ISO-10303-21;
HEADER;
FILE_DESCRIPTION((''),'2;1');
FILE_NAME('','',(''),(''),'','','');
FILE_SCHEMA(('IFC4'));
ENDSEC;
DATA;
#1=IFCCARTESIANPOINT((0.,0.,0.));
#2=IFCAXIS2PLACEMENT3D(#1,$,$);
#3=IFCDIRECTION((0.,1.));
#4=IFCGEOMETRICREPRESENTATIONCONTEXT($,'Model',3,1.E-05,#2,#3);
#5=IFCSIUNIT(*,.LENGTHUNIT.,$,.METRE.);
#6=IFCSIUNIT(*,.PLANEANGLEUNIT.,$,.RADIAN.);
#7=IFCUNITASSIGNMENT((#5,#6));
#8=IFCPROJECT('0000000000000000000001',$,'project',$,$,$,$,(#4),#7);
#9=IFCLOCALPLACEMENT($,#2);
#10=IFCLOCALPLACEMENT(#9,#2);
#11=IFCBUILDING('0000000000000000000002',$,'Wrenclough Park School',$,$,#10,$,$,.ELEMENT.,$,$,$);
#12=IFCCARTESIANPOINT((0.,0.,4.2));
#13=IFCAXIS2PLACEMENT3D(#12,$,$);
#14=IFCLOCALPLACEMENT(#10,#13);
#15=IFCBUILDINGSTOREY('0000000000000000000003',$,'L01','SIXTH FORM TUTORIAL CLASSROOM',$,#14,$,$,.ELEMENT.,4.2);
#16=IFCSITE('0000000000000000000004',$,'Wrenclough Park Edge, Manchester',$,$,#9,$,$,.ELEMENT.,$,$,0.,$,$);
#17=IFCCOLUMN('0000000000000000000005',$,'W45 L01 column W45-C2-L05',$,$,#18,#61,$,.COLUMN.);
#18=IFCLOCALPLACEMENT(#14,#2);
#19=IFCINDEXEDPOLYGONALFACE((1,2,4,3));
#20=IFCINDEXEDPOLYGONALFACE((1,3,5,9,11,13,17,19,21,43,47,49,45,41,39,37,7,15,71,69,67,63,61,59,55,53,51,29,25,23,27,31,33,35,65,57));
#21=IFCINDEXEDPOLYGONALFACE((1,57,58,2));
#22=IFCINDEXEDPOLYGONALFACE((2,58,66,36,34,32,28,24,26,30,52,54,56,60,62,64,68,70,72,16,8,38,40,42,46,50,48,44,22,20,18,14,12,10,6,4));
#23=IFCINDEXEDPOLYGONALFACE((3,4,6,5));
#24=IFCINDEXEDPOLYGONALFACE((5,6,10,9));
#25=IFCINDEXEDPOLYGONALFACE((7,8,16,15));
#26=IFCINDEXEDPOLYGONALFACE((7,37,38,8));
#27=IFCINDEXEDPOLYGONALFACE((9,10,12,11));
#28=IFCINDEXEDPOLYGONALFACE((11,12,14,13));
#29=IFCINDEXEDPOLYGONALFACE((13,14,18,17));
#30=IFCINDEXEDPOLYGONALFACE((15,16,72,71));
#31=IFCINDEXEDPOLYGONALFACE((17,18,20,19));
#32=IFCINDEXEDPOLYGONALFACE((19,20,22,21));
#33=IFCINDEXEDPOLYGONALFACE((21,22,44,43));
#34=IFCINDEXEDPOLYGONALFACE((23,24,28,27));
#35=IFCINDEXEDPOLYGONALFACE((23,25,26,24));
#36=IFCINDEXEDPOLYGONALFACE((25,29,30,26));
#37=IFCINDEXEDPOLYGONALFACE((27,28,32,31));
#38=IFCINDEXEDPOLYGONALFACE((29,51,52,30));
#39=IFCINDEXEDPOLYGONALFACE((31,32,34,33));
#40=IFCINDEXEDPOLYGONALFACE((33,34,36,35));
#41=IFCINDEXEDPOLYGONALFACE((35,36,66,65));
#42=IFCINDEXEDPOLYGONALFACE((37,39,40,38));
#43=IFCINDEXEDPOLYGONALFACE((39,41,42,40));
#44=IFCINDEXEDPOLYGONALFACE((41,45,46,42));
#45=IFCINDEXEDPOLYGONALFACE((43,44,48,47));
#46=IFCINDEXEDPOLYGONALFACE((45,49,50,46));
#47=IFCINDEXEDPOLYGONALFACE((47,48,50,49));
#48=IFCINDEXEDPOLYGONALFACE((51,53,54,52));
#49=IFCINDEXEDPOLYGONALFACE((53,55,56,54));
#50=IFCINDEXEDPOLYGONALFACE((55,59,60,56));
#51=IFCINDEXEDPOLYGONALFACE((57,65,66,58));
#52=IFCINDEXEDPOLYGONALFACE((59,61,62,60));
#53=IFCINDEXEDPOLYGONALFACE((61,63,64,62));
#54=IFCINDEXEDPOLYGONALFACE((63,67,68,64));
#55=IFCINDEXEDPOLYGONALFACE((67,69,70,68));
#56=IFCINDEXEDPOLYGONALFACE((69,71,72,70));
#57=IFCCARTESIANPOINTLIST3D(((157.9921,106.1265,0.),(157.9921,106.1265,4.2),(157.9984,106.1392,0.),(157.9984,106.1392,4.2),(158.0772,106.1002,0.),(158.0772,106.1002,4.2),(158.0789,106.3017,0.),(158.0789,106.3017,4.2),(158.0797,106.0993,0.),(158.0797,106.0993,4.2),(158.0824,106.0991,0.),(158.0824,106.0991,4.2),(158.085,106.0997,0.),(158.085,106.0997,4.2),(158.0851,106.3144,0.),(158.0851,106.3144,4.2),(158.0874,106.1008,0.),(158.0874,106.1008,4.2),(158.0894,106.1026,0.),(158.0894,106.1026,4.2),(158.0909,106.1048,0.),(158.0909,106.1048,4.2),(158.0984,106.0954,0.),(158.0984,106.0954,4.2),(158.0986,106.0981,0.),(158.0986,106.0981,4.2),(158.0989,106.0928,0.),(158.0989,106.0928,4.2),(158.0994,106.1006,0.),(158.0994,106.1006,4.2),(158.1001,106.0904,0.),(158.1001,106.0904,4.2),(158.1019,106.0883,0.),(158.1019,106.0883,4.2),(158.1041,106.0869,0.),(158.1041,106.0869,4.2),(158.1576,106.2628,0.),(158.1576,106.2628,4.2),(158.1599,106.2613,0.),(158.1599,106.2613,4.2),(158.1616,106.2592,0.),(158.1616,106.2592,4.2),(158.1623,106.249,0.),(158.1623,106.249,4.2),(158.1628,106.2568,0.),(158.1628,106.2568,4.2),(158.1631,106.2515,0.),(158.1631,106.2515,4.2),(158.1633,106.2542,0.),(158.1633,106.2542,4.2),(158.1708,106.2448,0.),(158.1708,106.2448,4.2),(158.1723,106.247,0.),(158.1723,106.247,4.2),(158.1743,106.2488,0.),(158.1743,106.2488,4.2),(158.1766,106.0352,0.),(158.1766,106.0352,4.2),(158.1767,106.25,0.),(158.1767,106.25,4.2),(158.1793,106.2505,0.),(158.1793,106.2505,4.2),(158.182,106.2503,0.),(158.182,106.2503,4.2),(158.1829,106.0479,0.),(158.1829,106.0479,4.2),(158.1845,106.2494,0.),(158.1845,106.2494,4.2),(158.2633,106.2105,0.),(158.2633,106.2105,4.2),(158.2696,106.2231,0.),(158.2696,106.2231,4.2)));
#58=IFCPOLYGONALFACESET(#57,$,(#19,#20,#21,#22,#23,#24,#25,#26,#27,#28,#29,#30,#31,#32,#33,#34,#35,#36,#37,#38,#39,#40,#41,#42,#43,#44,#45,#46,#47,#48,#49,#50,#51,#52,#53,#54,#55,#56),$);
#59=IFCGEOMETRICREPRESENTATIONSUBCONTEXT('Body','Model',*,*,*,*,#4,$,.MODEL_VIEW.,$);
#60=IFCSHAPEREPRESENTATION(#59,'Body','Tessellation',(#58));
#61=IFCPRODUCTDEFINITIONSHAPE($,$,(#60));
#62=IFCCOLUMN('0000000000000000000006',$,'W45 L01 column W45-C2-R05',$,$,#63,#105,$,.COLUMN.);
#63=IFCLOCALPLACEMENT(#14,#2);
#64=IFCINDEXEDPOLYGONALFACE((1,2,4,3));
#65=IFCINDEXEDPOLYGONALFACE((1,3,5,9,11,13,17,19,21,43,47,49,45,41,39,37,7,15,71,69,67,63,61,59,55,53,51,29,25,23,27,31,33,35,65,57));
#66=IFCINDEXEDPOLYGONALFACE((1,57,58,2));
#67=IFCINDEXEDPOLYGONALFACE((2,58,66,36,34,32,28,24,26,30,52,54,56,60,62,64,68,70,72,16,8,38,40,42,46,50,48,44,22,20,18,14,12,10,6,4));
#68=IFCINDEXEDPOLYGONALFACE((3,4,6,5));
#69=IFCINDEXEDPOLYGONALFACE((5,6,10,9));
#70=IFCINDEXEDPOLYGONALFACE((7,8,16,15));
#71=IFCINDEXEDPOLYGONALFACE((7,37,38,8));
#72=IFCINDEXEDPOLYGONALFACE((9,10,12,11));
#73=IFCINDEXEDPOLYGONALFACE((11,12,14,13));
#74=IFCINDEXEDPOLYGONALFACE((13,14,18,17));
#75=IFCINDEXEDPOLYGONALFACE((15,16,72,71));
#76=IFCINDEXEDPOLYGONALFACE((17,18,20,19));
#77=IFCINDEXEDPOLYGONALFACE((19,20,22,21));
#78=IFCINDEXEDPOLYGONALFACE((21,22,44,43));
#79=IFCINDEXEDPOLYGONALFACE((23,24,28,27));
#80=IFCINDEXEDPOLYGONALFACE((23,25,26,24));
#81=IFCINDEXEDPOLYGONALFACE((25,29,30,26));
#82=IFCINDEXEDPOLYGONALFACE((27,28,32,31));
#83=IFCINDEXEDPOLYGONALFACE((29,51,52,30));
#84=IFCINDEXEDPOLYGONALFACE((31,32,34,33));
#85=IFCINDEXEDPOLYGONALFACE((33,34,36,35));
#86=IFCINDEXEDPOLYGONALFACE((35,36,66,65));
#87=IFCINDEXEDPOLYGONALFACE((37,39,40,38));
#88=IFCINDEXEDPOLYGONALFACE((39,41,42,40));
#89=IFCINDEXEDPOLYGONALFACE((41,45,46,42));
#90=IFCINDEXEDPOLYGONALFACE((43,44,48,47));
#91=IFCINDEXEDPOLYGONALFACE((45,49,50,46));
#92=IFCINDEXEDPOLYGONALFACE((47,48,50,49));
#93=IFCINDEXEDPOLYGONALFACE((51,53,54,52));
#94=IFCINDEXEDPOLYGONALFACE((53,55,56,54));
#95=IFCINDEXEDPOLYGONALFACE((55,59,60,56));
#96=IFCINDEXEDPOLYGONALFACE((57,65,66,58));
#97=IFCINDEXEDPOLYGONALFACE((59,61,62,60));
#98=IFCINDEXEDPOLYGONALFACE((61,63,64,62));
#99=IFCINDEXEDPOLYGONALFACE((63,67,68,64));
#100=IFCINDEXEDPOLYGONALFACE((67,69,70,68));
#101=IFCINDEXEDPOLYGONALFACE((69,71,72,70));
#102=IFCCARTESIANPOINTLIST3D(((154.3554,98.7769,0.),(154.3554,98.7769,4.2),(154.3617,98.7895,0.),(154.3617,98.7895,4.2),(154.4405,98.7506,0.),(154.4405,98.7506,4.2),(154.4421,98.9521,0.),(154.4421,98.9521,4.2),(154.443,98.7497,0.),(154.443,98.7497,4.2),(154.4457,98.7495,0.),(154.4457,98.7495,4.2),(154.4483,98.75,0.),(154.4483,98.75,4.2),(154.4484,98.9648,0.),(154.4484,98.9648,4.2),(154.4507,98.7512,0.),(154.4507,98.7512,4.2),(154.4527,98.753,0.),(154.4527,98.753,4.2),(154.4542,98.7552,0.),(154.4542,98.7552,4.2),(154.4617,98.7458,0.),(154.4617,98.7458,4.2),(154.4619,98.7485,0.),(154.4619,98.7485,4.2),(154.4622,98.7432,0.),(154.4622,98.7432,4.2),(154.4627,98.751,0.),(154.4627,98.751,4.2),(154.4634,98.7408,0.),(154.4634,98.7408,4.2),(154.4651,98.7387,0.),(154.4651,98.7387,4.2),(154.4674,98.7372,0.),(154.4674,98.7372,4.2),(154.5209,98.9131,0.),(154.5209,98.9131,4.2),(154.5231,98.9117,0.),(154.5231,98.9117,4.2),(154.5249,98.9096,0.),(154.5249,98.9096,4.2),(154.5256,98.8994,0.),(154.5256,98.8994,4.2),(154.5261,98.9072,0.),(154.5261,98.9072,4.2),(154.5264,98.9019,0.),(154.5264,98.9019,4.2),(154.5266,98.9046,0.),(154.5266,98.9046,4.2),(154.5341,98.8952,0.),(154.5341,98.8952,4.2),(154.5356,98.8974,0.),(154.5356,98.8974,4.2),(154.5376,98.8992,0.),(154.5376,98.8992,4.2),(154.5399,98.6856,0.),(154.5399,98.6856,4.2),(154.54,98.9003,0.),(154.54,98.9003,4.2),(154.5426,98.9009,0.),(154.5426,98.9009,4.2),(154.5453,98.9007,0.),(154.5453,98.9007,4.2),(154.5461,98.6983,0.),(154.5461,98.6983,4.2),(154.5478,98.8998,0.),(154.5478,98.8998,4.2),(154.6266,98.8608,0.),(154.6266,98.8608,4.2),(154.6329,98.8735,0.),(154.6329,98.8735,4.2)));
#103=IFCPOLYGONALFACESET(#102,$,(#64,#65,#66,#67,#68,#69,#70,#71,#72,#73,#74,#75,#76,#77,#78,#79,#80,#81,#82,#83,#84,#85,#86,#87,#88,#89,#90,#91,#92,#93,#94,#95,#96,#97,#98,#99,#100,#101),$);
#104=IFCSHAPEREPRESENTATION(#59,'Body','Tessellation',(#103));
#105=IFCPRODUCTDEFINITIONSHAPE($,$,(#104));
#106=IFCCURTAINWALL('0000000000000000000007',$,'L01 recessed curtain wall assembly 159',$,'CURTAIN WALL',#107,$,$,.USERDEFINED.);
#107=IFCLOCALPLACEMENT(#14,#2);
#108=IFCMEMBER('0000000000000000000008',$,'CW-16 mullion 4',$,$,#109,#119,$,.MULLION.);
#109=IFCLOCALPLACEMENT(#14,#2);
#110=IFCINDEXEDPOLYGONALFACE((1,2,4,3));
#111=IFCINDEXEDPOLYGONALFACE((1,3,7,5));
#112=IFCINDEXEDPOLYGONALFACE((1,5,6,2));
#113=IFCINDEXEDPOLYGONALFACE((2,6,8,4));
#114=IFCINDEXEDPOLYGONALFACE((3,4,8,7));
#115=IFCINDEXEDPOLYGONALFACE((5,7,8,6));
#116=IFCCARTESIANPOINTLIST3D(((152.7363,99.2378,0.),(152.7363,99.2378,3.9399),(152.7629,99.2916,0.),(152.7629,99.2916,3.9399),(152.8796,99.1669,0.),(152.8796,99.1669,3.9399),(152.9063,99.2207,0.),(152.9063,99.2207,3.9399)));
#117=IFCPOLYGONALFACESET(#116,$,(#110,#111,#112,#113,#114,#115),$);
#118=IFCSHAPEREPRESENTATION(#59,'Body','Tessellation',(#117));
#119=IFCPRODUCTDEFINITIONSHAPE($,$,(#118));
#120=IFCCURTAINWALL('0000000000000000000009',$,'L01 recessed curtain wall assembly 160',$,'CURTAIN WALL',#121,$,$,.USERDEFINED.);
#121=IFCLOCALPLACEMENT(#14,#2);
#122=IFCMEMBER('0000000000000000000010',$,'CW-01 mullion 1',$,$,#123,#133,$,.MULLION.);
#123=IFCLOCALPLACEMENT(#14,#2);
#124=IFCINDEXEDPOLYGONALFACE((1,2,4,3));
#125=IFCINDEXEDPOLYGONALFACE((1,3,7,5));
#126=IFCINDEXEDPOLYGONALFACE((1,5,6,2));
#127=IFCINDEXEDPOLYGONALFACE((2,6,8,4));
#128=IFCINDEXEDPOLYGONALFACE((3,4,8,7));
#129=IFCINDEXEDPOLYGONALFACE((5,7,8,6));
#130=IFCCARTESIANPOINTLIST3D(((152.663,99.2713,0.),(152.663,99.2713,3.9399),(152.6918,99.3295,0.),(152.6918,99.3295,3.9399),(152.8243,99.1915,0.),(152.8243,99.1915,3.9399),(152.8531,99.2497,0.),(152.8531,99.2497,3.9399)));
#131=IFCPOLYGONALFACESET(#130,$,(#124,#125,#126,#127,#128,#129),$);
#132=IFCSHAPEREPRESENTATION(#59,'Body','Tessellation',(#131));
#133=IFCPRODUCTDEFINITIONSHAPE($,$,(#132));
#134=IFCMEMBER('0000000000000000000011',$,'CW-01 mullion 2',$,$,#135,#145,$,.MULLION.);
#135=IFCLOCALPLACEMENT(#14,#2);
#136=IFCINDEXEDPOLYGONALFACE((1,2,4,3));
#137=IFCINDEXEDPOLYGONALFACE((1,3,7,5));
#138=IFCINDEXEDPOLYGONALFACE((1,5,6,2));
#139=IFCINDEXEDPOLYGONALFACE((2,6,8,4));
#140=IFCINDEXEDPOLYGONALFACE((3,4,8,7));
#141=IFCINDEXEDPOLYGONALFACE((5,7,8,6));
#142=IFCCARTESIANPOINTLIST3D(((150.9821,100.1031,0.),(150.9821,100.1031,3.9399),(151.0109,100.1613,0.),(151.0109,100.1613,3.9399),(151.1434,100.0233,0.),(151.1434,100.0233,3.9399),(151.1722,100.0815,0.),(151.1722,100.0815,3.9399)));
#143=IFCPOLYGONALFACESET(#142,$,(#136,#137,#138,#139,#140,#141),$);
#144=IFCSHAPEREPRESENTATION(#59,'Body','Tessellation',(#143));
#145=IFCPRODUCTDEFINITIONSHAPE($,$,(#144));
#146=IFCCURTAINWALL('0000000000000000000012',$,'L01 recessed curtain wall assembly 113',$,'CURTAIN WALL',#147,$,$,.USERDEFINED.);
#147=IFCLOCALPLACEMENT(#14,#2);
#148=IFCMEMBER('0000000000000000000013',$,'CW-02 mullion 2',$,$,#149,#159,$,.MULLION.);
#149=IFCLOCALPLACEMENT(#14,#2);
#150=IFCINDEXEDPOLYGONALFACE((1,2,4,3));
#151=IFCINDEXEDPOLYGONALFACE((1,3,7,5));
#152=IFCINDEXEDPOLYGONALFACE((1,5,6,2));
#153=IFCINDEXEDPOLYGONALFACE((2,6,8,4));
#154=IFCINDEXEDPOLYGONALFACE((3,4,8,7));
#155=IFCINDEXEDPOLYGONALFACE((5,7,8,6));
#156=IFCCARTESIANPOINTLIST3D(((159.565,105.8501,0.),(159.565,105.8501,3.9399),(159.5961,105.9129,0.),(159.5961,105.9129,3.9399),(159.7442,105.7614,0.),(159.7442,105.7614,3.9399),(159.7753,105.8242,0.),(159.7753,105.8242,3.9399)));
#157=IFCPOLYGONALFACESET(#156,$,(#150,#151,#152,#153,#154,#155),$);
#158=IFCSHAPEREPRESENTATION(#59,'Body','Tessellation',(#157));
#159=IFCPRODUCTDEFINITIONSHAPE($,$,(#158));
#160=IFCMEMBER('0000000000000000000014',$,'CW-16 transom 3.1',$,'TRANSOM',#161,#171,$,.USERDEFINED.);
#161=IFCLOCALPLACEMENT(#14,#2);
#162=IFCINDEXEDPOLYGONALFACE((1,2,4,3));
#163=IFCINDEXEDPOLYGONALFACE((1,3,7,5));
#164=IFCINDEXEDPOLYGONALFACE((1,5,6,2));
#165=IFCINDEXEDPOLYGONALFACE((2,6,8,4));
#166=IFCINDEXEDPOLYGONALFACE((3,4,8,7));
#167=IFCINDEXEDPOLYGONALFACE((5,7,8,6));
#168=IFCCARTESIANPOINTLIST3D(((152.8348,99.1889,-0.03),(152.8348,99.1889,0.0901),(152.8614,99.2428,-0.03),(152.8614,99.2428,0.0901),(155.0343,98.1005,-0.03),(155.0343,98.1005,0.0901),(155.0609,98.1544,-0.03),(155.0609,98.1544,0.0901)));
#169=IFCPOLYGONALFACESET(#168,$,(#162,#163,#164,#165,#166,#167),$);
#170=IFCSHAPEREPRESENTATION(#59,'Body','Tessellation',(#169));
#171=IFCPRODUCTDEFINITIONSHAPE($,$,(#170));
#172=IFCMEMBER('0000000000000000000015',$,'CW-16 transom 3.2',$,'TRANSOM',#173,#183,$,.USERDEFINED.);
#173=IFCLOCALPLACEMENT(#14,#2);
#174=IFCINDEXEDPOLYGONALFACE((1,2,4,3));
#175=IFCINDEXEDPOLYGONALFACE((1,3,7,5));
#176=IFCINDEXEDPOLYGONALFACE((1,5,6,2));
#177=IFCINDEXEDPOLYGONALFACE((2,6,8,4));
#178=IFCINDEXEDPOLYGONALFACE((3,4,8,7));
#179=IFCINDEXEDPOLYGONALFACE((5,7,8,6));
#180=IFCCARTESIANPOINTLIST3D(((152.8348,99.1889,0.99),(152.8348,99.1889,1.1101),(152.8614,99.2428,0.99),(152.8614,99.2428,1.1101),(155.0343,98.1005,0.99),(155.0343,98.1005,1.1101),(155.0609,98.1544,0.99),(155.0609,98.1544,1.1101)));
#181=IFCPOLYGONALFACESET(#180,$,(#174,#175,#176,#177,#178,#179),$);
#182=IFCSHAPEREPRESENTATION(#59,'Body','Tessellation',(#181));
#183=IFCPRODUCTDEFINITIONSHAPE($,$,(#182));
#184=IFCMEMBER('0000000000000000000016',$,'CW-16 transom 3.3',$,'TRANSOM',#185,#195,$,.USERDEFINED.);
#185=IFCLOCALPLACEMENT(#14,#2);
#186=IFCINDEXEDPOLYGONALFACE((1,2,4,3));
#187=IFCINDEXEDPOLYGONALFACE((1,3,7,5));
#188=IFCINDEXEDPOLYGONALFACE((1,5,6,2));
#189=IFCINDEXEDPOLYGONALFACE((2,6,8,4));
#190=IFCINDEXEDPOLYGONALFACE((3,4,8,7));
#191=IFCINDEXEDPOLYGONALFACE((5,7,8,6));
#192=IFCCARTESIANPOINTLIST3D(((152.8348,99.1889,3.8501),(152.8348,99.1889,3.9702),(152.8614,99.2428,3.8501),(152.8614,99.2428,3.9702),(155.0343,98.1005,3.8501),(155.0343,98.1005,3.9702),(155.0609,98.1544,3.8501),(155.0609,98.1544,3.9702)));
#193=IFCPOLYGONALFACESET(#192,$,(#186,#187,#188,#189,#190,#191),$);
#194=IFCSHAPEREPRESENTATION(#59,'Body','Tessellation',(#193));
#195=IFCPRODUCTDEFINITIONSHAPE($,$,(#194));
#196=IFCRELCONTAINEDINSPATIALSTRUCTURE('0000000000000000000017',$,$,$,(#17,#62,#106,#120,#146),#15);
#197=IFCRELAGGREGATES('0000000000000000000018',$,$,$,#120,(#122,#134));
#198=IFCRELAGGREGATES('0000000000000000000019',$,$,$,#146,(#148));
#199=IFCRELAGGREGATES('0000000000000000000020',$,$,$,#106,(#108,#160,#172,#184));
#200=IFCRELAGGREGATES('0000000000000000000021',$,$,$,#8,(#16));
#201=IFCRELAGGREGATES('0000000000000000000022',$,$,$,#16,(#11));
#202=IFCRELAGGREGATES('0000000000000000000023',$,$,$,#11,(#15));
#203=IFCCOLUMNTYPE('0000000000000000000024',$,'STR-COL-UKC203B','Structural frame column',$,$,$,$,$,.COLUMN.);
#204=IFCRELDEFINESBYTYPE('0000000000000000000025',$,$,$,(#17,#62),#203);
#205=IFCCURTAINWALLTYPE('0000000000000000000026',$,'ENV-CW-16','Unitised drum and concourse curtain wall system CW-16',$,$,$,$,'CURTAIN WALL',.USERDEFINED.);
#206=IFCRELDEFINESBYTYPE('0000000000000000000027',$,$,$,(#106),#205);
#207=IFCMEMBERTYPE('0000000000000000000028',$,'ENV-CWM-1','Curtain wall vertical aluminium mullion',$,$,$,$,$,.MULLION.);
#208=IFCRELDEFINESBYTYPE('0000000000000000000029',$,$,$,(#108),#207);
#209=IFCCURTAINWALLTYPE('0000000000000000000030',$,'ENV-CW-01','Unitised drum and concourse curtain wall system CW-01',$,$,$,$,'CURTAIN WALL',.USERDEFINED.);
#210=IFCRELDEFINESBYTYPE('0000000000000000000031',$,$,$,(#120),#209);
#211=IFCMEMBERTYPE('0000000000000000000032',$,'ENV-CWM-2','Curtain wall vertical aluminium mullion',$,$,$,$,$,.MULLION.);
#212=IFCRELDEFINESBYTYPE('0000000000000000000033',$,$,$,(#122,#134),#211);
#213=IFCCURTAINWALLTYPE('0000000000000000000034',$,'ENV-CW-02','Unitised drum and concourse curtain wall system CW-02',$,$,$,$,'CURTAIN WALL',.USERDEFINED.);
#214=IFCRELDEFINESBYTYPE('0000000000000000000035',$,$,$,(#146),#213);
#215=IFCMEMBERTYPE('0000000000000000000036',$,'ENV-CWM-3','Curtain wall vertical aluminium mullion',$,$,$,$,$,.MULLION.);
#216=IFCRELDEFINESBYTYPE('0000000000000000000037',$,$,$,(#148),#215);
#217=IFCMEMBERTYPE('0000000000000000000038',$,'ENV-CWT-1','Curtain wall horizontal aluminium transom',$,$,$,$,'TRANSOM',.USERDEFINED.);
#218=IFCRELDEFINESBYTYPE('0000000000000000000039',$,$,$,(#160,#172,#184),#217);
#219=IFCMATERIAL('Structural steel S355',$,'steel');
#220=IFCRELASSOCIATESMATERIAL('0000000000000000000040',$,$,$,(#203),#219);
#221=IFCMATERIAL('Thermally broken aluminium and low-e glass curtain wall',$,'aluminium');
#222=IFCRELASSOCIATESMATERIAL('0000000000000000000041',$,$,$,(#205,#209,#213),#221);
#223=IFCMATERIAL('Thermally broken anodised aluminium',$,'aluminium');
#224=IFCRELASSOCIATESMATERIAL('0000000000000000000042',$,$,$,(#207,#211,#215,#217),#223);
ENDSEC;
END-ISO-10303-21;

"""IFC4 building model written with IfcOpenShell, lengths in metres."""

from ifc_helpers import new_model, si_unit, direction, frame, origin, origin_2d, place, context, subcontext, project, spatial, rectangle, i_section, extrude, material, material_profile, profile_set, type_object, element, aggregate, save


model = new_model("IFC4")

# Units and contexts
model_context = context("Model", 3, precision=1e-05, world=origin(), true_north=direction((0.0, 1.0)))
body_context = subcontext(model_context, "Body", "Model", "MODEL_VIEW")
ifc_project = project(units=[si_unit("LENGTHUNIT", "METRE"), si_unit("PLANEANGLEUNIT", "RADIAN")], contexts=[model_context])

# Site, building, storey
site_placement = place(None, origin())
site = spatial("IfcSite", under=ifc_project, at=site_placement, Name="Wrenclough Park Edge, Manchester", CompositionType="ELEMENT", RefElevation=0.0)
building_placement = place(site_placement, origin())
building = spatial("IfcBuilding", under=site, at=building_placement, Name="Wrenclough Park School", CompositionType="ELEMENT")
storey_placement = place(building_placement, frame((0.0, 0.0, 4.2)))
storey = spatial("IfcBuildingStorey", under=building, at=storey_placement, Name="L01", Description="SIXTH FORM TUTORIAL CLASSROOM", CompositionType="ELEMENT", Elevation=4.2)

# Columns
ifc_material_1 = material(Name="Structural steel S355", Category="steel")
ifc_material_profile_1 = material_profile(ifc_material_1, i_section(OverallWidth=0.2058, OverallDepth=0.2097, WebThickness=0.0095, FlangeThickness=0.0142, FilletRadius=0.0103, at=origin_2d()), Name="UKC 203x203x60")
ifc_profile_set_1 = profile_set([ifc_material_profile_1], Name="Structural steel S355")
column_type = type_object("IfcColumnType", Name="STR-COL-UKC203B", Description="Structural frame column", PredefinedType="COLUMN", material=ifc_profile_set_1)
for number, where, z_axis, x_axis, name in (
    (1, (158.1309, 106.1748, 0.0), (0.0, 0.0, 1.0), (0.896254, -0.443541, 0.0), "W45 L01 column W45-C2-L05"),
    (2, (154.4941, 98.8252, 0.0), (0.0, 0.0, 1.0), (0.896254, -0.443541, 0.0), "W45 L01 column W45-C2-R05"),
):
    element("IfcColumn", number, at=place(storey_placement, frame(where, z_axis=z_axis, x_axis=x_axis)), inside=storey, type_object=column_type, Name=name, PredefinedType="COLUMN", context=body_context, shape_type="SweptSolid", body=[
        extrude(i_section(OverallWidth=0.2058, OverallDepth=0.2097, WebThickness=0.0095, FlangeThickness=0.0142, FilletRadius=0.0103, at=origin_2d()), origin(), (0.0, 0.0, 1.0), 4.2),
    ])

# Curtain wall, member
ifc_material_2 = material(Name="Thermally broken aluminium and low-e glass curtain wall", Category="aluminium")
curtain_wall_type_1 = type_object("IfcCurtainWallType", Name="ENV-CW-16", Description="Unitised drum and concourse curtain wall system CW-16", ElementType="CURTAIN WALL", PredefinedType="USERDEFINED", material=ifc_material_2)
curtain_wall_1_placement = place(storey_placement, origin())
curtain_wall_1 = element("IfcCurtainWall", 3, at=curtain_wall_1_placement, inside=storey, type_object=curtain_wall_type_1, Name="L01 recessed curtain wall assembly 159", ObjectType="CURTAIN WALL", PredefinedType="USERDEFINED")
ifc_material_3 = material(Name="Thermally broken anodised aluminium", Category="aluminium")
ifc_material_profile_2 = material_profile(ifc_material_3, rectangle(XDim=0.0601, YDim=0.1599, at=origin_2d()), Name="AL MULLION 60x160")
ifc_profile_set_2 = profile_set([ifc_material_profile_2], Name="Thermally broken anodised aluminium")
member_type_1 = type_object("IfcMemberType", Name="ENV-CWM-1", Description="Curtain wall vertical aluminium mullion", PredefinedType="MULLION", material=ifc_profile_set_2)
member_1_placement = place(storey_placement, frame((152.8213, 99.2292, 0.0), z_axis=(0.0, 0.0, 1.0), x_axis=(-0.443515, -0.896267, 0.0)))
member_1 = element("IfcMember", 4, at=member_1_placement, type_object=member_type_1, Name="CW-16 mullion 4", PredefinedType="MULLION", context=body_context, shape_type="SweptSolid", body=[
    extrude(rectangle(XDim=0.0601, YDim=0.1599, at=origin_2d()), origin(), (0.0, 0.0, 1.0), 3.9399),
])

# Curtain wall, members
curtain_wall_type_2 = type_object("IfcCurtainWallType", Name="ENV-CW-01", Description="Unitised drum and concourse curtain wall system CW-01", ElementType="CURTAIN WALL", PredefinedType="USERDEFINED", material=ifc_material_2)
curtain_wall_2_placement = place(storey_placement, origin())
curtain_wall_2 = element("IfcCurtainWall", 5, at=curtain_wall_2_placement, inside=storey, type_object=curtain_wall_type_2, Name="L01 recessed curtain wall assembly 160", ObjectType="CURTAIN WALL", PredefinedType="USERDEFINED")
ifc_material_profile_3 = material_profile(ifc_material_3, rectangle(XDim=0.0649, YDim=0.1799, at=origin_2d()), Name="AL MULLION 65x180")
ifc_profile_set_3 = profile_set([ifc_material_profile_3], Name="Thermally broken anodised aluminium")
member_type_2 = type_object("IfcMemberType", Name="ENV-CWM-2", Description="Curtain wall vertical aluminium mullion", PredefinedType="MULLION", material=ifc_profile_set_3)
member_2_placement = place(storey_placement, frame((152.7581, 99.2605, 0.0), z_axis=(0.0, 0.0, 1.0), x_axis=(-0.443504, -0.896272, 0.0)))
member_2 = element("IfcMember", 6, at=member_2_placement, type_object=member_type_2, Name="CW-01 mullion 1", PredefinedType="MULLION", context=body_context, shape_type="SweptSolid", body=[
    extrude(rectangle(XDim=0.0649, YDim=0.1799, at=origin_2d()), origin(), (0.0, 0.0, 1.0), 3.9399),
])
member_3_placement = place(storey_placement, frame((151.0771, 100.0923, 0.0), z_axis=(0.0, 0.0, 1.0), x_axis=(-0.443504, -0.896272, 0.0)))
member_3 = element("IfcMember", 7, at=member_3_placement, type_object=member_type_2, Name="CW-01 mullion 2", PredefinedType="MULLION", context=body_context, shape_type="SweptSolid", body=[
    extrude(rectangle(XDim=0.0649, YDim=0.1799, at=origin_2d()), origin(), (0.0, 0.0, 1.0), 3.9399),
])

# Curtain wall, member
curtain_wall_type_3 = type_object("IfcCurtainWallType", Name="ENV-CW-02", Description="Unitised drum and concourse curtain wall system CW-02", ElementType="CURTAIN WALL", PredefinedType="USERDEFINED", material=ifc_material_2)
curtain_wall_3_placement = place(storey_placement, origin())
curtain_wall_3 = element("IfcCurtainWall", 8, at=curtain_wall_3_placement, inside=storey, type_object=curtain_wall_type_3, Name="L01 recessed curtain wall assembly 113", ObjectType="CURTAIN WALL", PredefinedType="USERDEFINED")
ifc_material_profile_4 = material_profile(ifc_material_3, rectangle(XDim=0.0701, YDim=0.2, at=origin_2d()), Name="AL MULLION 70x200")
ifc_profile_set_4 = profile_set([ifc_material_profile_4], Name="Thermally broken anodised aluminium")
member_type_3 = type_object("IfcMemberType", Name="ENV-CWM-3", Description="Curtain wall vertical aluminium mullion", PredefinedType="MULLION", material=ifc_profile_set_4)
member_4_placement = place(storey_placement, frame((159.6702, 105.8372, 0.0), z_axis=(0.0, 0.0, 1.0), x_axis=(0.443511, 0.896269, 0.0)))
member_4 = element("IfcMember", 9, at=member_4_placement, type_object=member_type_3, Name="CW-02 mullion 2", PredefinedType="MULLION", context=body_context, shape_type="SweptSolid", body=[
    extrude(rectangle(XDim=0.0701, YDim=0.2, at=origin_2d()), origin(), (0.0, 0.0, 1.0), 3.9399),
])

# Members
ifc_material_profile_5 = material_profile(ifc_material_3, rectangle(XDim=0.0601, YDim=0.1201, at=origin_2d()), Name="AL TRANSOM 60x120")
ifc_profile_set_5 = profile_set([ifc_material_profile_5], Name="Thermally broken anodised aluminium")
member_type_4 = type_object("IfcMemberType", Name="ENV-CWT-1", Description="Curtain wall horizontal aluminium transom", ElementType="TRANSOM", PredefinedType="USERDEFINED", material=ifc_profile_set_5)
member_5_placement = place(storey_placement, frame((155.0476, 98.1274, 0.03), z_axis=(-0.89627, 0.443509, 0.0), x_axis=(-0.443509, -0.89627, 0.0)))
member_5 = element("IfcMember", 10, at=member_5_placement, type_object=member_type_4, Name="CW-16 transom 3.1", ObjectType="TRANSOM", PredefinedType="USERDEFINED", context=body_context, shape_type="SweptSolid", body=[
    extrude(rectangle(XDim=0.0601, YDim=0.1201, at=origin_2d()), origin(), (0.0, 0.0, 1.0), 2.4541),
])
member_6_placement = place(storey_placement, frame((155.0476, 98.1274, 1.05), z_axis=(-0.89627, 0.443509, 0.0), x_axis=(-0.443509, -0.89627, 0.0)))
member_6 = element("IfcMember", 11, at=member_6_placement, type_object=member_type_4, Name="CW-16 transom 3.2", ObjectType="TRANSOM", PredefinedType="USERDEFINED", context=body_context, shape_type="SweptSolid", body=[
    extrude(rectangle(XDim=0.0601, YDim=0.1201, at=origin_2d()), origin(), (0.0, 0.0, 1.0), 2.4541),
])
member_7_placement = place(storey_placement, frame((155.0476, 98.1274, 3.9102), z_axis=(-0.89627, 0.443509, 0.0), x_axis=(-0.443509, -0.89627, 0.0)))
member_7 = element("IfcMember", 12, at=member_7_placement, type_object=member_type_4, Name="CW-16 transom 3.3", ObjectType="TRANSOM", PredefinedType="USERDEFINED", context=body_context, shape_type="SweptSolid", body=[
    extrude(rectangle(XDim=0.0601, YDim=0.1201, at=origin_2d()), origin(), (0.0, 0.0, 1.0), 2.4541),
])

aggregate(curtain_wall_2, [member_2, member_3])
aggregate(curtain_wall_3, [member_4])
aggregate(curtain_wall_1, [member_1, member_5, member_6, member_7])

save(model, "model.ifc")
